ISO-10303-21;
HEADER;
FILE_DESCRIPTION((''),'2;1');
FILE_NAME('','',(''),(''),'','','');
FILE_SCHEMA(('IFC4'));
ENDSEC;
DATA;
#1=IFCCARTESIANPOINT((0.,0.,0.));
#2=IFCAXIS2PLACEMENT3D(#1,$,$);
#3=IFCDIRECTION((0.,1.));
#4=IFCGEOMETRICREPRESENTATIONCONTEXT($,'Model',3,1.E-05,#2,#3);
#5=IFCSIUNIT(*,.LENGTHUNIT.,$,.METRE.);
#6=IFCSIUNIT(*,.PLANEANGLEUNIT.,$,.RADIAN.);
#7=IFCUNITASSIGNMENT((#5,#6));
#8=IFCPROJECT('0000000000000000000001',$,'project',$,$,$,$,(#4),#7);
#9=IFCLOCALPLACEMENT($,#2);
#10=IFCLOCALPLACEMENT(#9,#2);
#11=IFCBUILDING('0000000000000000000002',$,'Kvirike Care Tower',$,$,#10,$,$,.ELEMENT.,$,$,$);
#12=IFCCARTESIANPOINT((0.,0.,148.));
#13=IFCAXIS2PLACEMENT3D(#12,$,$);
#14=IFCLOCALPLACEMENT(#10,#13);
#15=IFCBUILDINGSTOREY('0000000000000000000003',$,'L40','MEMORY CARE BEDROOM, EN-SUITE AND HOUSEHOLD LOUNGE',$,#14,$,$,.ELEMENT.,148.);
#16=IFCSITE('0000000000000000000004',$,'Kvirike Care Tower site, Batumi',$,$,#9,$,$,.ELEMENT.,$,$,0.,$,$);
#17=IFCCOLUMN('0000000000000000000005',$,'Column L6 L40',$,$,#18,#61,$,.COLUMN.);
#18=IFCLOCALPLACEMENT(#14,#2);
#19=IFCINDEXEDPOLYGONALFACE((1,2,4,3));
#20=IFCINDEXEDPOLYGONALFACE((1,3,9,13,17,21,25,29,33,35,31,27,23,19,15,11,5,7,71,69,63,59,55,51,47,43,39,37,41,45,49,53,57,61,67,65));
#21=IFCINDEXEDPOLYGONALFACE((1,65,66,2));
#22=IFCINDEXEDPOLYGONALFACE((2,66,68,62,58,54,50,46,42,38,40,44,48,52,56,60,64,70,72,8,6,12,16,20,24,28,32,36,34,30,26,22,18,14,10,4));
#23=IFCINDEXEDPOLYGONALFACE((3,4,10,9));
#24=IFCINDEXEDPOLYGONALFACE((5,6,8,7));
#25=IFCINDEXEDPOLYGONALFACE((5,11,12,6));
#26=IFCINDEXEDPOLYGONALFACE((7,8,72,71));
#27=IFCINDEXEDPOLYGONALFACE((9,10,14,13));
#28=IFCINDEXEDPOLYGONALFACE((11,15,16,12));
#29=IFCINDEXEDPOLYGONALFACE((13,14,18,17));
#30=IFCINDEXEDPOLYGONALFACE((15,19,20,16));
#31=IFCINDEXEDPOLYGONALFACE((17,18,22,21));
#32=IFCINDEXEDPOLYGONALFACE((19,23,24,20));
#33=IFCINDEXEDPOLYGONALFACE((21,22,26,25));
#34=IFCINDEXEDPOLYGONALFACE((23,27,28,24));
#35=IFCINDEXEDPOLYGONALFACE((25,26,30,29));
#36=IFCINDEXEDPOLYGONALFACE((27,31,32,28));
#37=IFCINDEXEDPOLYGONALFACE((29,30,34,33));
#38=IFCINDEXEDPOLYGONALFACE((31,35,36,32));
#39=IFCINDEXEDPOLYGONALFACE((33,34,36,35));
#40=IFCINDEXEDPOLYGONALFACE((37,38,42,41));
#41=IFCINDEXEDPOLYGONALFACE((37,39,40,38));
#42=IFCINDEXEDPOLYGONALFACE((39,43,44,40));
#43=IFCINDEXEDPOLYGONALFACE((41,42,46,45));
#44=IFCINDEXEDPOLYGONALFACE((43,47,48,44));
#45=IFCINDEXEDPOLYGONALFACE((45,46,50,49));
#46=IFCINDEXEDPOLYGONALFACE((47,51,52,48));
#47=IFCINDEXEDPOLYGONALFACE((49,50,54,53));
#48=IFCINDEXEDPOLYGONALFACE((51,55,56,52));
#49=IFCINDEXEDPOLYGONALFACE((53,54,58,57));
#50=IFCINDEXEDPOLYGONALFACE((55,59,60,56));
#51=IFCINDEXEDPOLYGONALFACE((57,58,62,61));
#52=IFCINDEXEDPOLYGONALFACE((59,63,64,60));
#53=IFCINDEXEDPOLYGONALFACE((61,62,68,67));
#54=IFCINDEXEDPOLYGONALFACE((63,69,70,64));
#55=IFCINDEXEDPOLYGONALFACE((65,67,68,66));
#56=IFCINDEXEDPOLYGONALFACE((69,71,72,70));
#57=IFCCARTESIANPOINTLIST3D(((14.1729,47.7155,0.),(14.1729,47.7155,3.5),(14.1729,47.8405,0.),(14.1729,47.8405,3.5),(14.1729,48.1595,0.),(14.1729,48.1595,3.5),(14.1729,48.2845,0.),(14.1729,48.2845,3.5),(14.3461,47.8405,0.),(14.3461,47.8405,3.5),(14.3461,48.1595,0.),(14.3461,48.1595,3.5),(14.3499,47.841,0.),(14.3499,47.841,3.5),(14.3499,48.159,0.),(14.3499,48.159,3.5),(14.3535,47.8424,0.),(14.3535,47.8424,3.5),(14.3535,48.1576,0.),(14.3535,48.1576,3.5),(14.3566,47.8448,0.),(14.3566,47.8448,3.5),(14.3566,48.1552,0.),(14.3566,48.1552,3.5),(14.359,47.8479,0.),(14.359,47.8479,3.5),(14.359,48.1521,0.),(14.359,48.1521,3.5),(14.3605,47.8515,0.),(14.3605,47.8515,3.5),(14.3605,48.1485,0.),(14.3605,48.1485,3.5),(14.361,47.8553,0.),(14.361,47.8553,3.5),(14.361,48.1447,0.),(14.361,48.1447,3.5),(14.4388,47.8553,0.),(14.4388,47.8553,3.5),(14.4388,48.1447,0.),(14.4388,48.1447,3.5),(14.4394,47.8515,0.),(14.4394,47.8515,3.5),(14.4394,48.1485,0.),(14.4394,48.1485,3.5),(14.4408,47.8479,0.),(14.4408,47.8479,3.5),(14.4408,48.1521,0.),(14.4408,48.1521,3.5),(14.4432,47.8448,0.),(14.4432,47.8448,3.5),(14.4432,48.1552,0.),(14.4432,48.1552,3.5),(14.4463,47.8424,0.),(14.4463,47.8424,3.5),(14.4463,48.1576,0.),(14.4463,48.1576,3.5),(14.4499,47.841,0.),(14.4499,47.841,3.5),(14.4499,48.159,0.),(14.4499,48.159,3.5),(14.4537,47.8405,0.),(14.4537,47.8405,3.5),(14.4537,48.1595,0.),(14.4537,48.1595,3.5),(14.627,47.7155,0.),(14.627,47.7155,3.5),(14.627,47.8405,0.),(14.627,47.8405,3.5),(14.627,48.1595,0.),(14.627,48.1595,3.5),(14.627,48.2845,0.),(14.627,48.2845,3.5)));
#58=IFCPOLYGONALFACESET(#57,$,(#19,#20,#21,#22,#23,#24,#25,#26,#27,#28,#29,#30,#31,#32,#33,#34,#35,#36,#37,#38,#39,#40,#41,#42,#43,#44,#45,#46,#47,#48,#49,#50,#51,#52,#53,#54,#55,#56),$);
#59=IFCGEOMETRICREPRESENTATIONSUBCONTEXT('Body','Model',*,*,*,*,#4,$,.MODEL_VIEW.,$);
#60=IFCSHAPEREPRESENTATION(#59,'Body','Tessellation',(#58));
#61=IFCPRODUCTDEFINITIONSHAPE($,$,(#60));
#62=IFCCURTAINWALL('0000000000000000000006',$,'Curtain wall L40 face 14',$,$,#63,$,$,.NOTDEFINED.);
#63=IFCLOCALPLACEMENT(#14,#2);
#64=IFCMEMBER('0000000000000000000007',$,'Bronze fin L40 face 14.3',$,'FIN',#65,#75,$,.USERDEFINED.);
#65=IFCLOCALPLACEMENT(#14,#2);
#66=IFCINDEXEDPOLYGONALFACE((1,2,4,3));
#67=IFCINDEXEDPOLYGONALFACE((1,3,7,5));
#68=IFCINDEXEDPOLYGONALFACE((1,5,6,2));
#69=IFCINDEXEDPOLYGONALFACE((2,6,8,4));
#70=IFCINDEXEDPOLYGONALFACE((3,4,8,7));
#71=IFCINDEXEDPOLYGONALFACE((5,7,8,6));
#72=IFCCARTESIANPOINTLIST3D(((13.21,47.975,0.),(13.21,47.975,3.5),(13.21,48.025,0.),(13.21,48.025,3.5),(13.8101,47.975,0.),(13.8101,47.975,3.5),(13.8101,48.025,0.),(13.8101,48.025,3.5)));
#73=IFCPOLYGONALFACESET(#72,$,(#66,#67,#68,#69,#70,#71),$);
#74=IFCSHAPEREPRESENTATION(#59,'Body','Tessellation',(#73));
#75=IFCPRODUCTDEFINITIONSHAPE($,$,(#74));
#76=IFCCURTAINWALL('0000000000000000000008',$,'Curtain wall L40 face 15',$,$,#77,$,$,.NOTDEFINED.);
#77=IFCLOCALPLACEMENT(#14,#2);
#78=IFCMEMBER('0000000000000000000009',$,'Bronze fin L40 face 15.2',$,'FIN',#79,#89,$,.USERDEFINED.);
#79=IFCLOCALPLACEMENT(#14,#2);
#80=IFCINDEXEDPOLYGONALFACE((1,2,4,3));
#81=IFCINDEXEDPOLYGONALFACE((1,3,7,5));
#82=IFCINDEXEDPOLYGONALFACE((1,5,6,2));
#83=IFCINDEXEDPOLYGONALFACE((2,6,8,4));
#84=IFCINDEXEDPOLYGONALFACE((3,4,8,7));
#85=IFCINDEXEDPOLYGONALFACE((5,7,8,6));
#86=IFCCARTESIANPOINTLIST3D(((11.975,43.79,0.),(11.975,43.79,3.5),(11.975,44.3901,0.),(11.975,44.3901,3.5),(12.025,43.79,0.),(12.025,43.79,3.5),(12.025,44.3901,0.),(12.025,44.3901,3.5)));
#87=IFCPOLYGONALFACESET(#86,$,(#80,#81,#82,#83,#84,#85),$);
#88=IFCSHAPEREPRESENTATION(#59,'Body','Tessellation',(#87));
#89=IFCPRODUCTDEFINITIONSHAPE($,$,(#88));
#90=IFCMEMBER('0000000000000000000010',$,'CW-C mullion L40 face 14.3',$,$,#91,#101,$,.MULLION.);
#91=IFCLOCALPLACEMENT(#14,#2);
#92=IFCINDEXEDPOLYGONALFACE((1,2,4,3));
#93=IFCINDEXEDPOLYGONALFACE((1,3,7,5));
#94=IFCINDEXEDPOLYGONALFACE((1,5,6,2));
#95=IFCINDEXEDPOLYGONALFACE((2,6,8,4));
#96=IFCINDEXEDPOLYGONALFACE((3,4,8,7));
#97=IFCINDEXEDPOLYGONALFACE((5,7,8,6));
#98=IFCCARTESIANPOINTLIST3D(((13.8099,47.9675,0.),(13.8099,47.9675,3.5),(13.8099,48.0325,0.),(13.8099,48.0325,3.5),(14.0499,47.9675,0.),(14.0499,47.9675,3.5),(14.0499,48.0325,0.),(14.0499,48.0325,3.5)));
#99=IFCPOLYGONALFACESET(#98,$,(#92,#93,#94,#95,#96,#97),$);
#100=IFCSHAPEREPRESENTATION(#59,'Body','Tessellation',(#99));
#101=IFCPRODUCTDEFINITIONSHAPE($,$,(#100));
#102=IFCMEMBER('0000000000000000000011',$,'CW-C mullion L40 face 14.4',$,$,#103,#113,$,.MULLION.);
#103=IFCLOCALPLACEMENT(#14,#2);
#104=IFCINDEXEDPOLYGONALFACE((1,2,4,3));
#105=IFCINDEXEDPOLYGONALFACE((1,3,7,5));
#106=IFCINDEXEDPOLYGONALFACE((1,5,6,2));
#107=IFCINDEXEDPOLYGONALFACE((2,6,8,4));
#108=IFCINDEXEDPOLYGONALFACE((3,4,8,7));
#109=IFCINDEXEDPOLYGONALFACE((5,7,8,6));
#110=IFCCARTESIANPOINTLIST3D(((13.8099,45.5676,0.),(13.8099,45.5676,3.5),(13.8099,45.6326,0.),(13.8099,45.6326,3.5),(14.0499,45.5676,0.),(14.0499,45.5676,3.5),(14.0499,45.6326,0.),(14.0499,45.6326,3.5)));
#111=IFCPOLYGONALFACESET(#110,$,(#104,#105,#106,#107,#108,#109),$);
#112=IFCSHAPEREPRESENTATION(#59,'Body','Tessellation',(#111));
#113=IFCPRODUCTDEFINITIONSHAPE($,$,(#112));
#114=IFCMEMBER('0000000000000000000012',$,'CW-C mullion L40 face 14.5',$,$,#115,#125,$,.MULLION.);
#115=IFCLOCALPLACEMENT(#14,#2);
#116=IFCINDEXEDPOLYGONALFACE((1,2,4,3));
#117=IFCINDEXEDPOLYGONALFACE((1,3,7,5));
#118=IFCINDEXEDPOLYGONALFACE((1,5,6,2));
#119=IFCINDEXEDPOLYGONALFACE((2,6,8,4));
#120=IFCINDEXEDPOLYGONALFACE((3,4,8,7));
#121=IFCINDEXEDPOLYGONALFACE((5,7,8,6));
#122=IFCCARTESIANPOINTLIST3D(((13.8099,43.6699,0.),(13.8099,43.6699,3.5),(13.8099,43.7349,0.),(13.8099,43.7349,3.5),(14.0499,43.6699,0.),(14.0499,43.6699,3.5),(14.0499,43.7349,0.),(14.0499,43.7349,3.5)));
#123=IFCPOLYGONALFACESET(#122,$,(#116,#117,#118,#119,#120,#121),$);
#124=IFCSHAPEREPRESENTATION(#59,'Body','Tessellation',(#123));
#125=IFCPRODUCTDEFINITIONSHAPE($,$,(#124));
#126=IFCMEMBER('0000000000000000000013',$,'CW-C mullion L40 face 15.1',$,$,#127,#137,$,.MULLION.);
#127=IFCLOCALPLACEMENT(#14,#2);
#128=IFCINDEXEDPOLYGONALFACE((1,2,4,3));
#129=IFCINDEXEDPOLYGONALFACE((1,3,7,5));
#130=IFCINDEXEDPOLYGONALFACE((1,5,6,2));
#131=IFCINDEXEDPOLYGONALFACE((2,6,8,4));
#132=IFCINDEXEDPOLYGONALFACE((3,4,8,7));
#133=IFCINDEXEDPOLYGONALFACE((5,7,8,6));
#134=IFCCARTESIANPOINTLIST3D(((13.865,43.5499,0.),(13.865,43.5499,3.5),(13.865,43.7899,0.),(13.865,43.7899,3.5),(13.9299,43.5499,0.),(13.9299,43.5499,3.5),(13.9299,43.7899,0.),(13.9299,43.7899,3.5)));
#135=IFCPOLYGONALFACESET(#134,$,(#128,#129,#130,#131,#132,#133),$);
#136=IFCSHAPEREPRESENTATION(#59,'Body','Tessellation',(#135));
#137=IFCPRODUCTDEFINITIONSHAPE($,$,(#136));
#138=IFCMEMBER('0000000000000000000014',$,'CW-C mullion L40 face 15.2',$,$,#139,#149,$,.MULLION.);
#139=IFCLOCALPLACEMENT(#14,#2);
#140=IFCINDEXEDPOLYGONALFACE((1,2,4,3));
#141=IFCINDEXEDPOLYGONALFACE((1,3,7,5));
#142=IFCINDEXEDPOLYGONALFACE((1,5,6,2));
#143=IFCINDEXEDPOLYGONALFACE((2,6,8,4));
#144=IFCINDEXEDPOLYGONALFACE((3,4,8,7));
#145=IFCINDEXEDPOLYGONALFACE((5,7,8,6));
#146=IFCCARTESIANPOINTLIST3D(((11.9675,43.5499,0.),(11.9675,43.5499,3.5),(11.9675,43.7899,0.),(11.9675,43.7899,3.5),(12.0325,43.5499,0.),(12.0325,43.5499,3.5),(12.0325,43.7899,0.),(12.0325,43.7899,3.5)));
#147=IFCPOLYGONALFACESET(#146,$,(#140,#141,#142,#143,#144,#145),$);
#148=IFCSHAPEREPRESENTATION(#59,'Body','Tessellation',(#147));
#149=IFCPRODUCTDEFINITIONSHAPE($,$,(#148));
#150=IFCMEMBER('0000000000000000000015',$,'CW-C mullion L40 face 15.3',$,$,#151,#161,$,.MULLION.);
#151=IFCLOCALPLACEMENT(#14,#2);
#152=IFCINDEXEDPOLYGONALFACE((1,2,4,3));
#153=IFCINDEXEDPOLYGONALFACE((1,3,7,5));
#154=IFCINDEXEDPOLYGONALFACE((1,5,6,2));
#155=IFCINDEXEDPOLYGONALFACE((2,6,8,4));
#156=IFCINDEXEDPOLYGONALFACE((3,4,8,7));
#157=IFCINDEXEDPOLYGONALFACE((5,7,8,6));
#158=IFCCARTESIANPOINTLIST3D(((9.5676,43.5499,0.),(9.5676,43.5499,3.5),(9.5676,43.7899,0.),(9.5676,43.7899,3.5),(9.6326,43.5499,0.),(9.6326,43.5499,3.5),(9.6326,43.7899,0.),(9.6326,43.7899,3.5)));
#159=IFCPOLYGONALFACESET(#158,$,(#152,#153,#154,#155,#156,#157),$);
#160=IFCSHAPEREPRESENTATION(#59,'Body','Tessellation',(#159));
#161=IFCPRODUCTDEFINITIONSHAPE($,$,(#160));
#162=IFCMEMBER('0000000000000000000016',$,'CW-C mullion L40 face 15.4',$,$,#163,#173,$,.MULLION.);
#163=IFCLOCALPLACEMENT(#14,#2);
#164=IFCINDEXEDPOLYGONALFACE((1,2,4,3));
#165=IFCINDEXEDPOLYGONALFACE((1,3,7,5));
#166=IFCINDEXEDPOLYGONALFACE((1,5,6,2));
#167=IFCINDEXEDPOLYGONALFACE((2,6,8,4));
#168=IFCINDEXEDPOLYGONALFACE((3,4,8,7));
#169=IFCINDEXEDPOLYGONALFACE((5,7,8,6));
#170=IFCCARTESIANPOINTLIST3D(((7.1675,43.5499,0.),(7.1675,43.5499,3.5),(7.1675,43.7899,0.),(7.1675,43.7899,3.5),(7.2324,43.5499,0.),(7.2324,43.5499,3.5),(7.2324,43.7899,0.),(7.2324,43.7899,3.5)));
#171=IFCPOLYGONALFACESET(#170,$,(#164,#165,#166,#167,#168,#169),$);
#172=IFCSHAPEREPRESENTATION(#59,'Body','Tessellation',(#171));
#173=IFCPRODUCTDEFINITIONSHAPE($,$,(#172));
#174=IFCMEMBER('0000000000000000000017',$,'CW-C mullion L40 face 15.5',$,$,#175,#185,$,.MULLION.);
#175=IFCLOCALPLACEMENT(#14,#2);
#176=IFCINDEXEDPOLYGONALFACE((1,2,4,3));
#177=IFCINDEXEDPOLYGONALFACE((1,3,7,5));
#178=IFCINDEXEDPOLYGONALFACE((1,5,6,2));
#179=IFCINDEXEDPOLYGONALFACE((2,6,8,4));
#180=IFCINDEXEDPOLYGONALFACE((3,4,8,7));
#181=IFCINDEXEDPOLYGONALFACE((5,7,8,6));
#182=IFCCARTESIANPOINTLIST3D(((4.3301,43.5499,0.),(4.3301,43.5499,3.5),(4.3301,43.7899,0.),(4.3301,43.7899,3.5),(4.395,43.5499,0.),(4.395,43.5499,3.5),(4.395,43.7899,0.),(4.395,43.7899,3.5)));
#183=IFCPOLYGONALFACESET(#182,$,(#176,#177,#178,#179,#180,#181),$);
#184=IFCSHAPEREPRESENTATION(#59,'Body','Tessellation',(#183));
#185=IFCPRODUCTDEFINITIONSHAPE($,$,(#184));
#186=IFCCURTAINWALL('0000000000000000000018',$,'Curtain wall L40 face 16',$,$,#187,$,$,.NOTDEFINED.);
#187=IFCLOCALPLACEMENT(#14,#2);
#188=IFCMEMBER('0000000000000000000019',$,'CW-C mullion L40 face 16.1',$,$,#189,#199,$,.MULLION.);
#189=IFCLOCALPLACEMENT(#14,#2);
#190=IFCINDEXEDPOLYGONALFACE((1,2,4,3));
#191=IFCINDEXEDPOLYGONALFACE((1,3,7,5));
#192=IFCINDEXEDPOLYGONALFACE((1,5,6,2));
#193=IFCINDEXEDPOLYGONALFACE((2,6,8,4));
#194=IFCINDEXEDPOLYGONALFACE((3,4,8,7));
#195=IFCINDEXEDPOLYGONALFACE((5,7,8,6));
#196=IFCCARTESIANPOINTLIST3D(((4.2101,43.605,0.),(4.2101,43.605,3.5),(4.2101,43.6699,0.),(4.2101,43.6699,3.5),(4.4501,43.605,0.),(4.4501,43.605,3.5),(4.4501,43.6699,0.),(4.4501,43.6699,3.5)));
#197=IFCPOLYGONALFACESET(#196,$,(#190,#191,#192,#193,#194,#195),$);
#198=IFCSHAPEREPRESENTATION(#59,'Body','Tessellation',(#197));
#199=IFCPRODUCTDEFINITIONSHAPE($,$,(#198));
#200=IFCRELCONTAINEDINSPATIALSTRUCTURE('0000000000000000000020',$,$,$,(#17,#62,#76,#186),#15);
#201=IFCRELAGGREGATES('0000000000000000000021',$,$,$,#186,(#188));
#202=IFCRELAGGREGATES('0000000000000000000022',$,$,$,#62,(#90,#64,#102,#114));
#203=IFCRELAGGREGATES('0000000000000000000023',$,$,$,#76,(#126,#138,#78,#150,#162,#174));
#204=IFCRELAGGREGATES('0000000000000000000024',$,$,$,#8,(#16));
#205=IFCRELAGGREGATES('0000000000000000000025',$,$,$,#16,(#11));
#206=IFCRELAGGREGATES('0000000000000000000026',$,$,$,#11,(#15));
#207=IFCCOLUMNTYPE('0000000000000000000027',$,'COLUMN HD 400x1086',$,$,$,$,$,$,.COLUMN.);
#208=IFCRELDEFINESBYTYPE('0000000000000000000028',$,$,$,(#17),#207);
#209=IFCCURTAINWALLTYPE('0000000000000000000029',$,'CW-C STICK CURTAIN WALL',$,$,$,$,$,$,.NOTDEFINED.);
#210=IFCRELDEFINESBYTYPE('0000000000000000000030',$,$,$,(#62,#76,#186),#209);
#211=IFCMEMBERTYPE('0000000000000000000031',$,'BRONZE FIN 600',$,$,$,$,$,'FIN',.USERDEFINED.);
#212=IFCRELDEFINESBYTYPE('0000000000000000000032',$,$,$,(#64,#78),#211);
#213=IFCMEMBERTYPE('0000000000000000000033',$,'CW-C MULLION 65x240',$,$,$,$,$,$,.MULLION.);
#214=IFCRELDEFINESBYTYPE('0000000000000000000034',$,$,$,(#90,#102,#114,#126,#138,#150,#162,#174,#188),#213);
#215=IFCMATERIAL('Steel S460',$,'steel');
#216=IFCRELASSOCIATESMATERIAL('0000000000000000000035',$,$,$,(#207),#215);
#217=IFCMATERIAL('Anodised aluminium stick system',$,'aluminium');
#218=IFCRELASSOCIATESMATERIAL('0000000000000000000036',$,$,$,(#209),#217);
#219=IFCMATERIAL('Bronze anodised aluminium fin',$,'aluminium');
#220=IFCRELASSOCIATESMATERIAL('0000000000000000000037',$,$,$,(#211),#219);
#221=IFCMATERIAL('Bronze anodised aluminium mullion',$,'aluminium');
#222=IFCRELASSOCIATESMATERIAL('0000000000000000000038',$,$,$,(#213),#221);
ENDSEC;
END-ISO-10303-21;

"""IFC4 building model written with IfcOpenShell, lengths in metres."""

from ifc_helpers import new_model, si_unit, direction, frame, origin, origin_2d, place, context, subcontext, project, spatial, rectangle, i_section, extrude, material, material_profile, profile_set, type_object, element, aggregate, save


model = new_model("IFC4")

# Units and contexts
model_context = context("Model", 3, precision=1e-05, world=origin(), true_north=direction((0.0, 1.0)))
body_context = subcontext(model_context, "Body", "Model", "MODEL_VIEW")
ifc_project = project(units=[si_unit("LENGTHUNIT", "METRE"), si_unit("PLANEANGLEUNIT", "RADIAN")], contexts=[model_context])

# Site, building, storey
site_placement = place(None, origin())
site = spatial("IfcSite", under=ifc_project, at=site_placement, Name="Kvirike Care Tower site, Batumi", CompositionType="ELEMENT", RefElevation=0.0)
building_placement = place(site_placement, origin())
building = spatial("IfcBuilding", under=site, at=building_placement, Name="Kvirike Care Tower", CompositionType="ELEMENT")
storey_placement = place(building_placement, frame((0.0, 0.0, 148.0)))
storey = spatial("IfcBuildingStorey", under=building, at=storey_placement, Name="L40", Description="MEMORY CARE BEDROOM, EN-SUITE AND HOUSEHOLD LOUNGE", CompositionType="ELEMENT", Elevation=148.0)

# Column
ifc_material_1 = material(Name="Steel S460", Category="steel")
ifc_material_profile_1 = material_profile(ifc_material_1, i_section(OverallWidth=0.4541, OverallDepth=0.5691, WebThickness=0.0779, FlangeThickness=0.125, FilletRadius=0.0149, at=origin_2d()), Name="HD 400x1086")
ifc_profile_set_1 = profile_set([ifc_material_profile_1], Name="Steel S460")
column_type = type_object("IfcColumnType", Name="COLUMN HD 400x1086", PredefinedType="COLUMN", material=ifc_profile_set_1)
column_placement = place(storey_placement, frame((14.3999, 48.0, 0.0), z_axis=(0.0, 0.0, 1.0), x_axis=(1.0, 0.0, 0.0)))
element("IfcColumn", 1, at=column_placement, inside=storey, type_object=column_type, Name="Column L6 L40", PredefinedType="COLUMN", context=body_context, shape_type="SweptSolid", body=[
    extrude(i_section(OverallWidth=0.4541, OverallDepth=0.5691, WebThickness=0.0779, FlangeThickness=0.125, FilletRadius=0.0149, at=origin_2d()), origin(), (0.0, 0.0, 1.0), 3.5),
])

# Curtain walls, members
ifc_material_2 = material(Name="Anodised aluminium stick system", Category="aluminium")
curtain_wall_type = type_object("IfcCurtainWallType", Name="CW-C STICK CURTAIN WALL", PredefinedType="NOTDEFINED", material=ifc_material_2)
curtain_wall_1_placement = place(storey_placement, origin())
curtain_wall_1 = element("IfcCurtainWall", 2, at=curtain_wall_1_placement, inside=storey, type_object=curtain_wall_type, Name="Curtain wall L40 face 14", PredefinedType="NOTDEFINED")
ifc_material_3 = material(Name="Bronze anodised aluminium fin", Category="aluminium")
ifc_material_profile_2 = material_profile(ifc_material_3, rectangle(XDim=0.05, YDim=0.6001, at=origin_2d()), Name="BRONZE FIN 600")
ifc_profile_set_2 = profile_set([ifc_material_profile_2], Name="Bronze anodised aluminium fin")
member_type_1 = type_object("IfcMemberType", Name="BRONZE FIN 600", ElementType="FIN", PredefinedType="USERDEFINED", material=ifc_profile_set_2)
member_1_placement = place(storey_placement, frame((13.51, 48.0, 0.0), z_axis=(0.0, 0.0, 1.0), x_axis=(0.0, -1.0, 0.0)))
member_1 = element("IfcMember", 3, at=member_1_placement, type_object=member_type_1, Name="Bronze fin L40 face 14.3", ObjectType="FIN", PredefinedType="USERDEFINED", context=body_context, shape_type="SweptSolid", body=[
    extrude(rectangle(XDim=0.05, YDim=0.6001, at=origin_2d()), origin(), (0.0, 0.0, 1.0), 3.5),
])
curtain_wall_2_placement = place(storey_placement, origin())
curtain_wall_2 = element("IfcCurtainWall", 4, at=curtain_wall_2_placement, inside=storey, type_object=curtain_wall_type, Name="Curtain wall L40 face 15", PredefinedType="NOTDEFINED")
member_2_placement = place(storey_placement, frame((12.0, 44.0901, 0.0), z_axis=(0.0, 0.0, 1.0), x_axis=(-1.0, 0.0, 0.0)))
member_2 = element("IfcMember", 5, at=member_2_placement, type_object=member_type_1, Name="Bronze fin L40 face 15.2", ObjectType="FIN", PredefinedType="USERDEFINED", context=body_context, shape_type="SweptSolid", body=[
    extrude(rectangle(XDim=0.05, YDim=0.6001, at=origin_2d()), origin(), (0.0, 0.0, 1.0), 3.5),
])

# Members
ifc_material_4 = material(Name="Bronze anodised aluminium mullion", Category="aluminium")
ifc_material_profile_3 = material_profile(ifc_material_4, rectangle(XDim=0.0649, YDim=0.24, at=origin_2d()), Name="CW-C MULLION 65x240")
ifc_profile_set_3 = profile_set([ifc_material_profile_3], Name="Bronze anodised aluminium mullion")
member_type_2 = type_object("IfcMemberType", Name="CW-C MULLION 65x240", PredefinedType="MULLION", material=ifc_profile_set_3)
member_3_placement = place(storey_placement, frame((13.9299, 48.0, 0.0), z_axis=(0.0, 0.0, 1.0), x_axis=(0.0, -1.0, 0.0)))
member_3 = element("IfcMember", 6, at=member_3_placement, type_object=member_type_2, Name="CW-C mullion L40 face 14.3", PredefinedType="MULLION", context=body_context, shape_type="SweptSolid", body=[
    extrude(rectangle(XDim=0.0649, YDim=0.24, at=origin_2d()), origin(), (0.0, 0.0, 1.0), 3.5),
])
member_4_placement = place(storey_placement, frame((13.9299, 45.6001, 0.0), z_axis=(0.0, 0.0, 1.0), x_axis=(0.0, -1.0, 0.0)))
member_4 = element("IfcMember", 7, at=member_4_placement, type_object=member_type_2, Name="CW-C mullion L40 face 14.4", PredefinedType="MULLION", context=body_context, shape_type="SweptSolid", body=[
    extrude(rectangle(XDim=0.0649, YDim=0.24, at=origin_2d()), origin(), (0.0, 0.0, 1.0), 3.5),
])
member_5_placement = place(storey_placement, frame((13.9299, 43.7024, 0.0), z_axis=(0.0, 0.0, 1.0), x_axis=(0.0, -1.0, 0.0)))
member_5 = element("IfcMember", 8, at=member_5_placement, type_object=member_type_2, Name="CW-C mullion L40 face 14.5", PredefinedType="MULLION", context=body_context, shape_type="SweptSolid", body=[
    extrude(rectangle(XDim=0.0649, YDim=0.24, at=origin_2d()), origin(), (0.0, 0.0, 1.0), 3.5),
])
member_6_placement = place(storey_placement, frame((13.8975, 43.6699, 0.0), z_axis=(0.0, 0.0, 1.0), x_axis=(-1.0, 0.0, 0.0)))
member_6 = element("IfcMember", 9, at=member_6_placement, type_object=member_type_2, Name="CW-C mullion L40 face 15.1", PredefinedType="MULLION", context=body_context, shape_type="SweptSolid", body=[
    extrude(rectangle(XDim=0.0649, YDim=0.24, at=origin_2d()), origin(), (0.0, 0.0, 1.0), 3.5),
])
member_7_placement = place(storey_placement, frame((12.0, 43.6699, 0.0), z_axis=(0.0, 0.0, 1.0), x_axis=(-1.0, 0.0, 0.0)))
member_7 = element("IfcMember", 10, at=member_7_placement, type_object=member_type_2, Name="CW-C mullion L40 face 15.2", PredefinedType="MULLION", context=body_context, shape_type="SweptSolid", body=[
    extrude(rectangle(XDim=0.0649, YDim=0.24, at=origin_2d()), origin(), (0.0, 0.0, 1.0), 3.5),
])
member_8_placement = place(storey_placement, frame((9.6001, 43.6699, 0.0), z_axis=(0.0, 0.0, 1.0), x_axis=(-1.0, 0.0, 0.0)))
member_8 = element("IfcMember", 11, at=member_8_placement, type_object=member_type_2, Name="CW-C mullion L40 face 15.3", PredefinedType="MULLION", context=body_context, shape_type="SweptSolid", body=[
    extrude(rectangle(XDim=0.0649, YDim=0.24, at=origin_2d()), origin(), (0.0, 0.0, 1.0), 3.5),
])
member_9_placement = place(storey_placement, frame((7.2, 43.6699, 0.0), z_axis=(0.0, 0.0, 1.0), x_axis=(-1.0, 0.0, 0.0)))
member_9 = element("IfcMember", 12, at=member_9_placement, type_object=member_type_2, Name="CW-C mullion L40 face 15.4", PredefinedType="MULLION", context=body_context, shape_type="SweptSolid", body=[
    extrude(rectangle(XDim=0.0649, YDim=0.24, at=origin_2d()), origin(), (0.0, 0.0, 1.0), 3.5),
])
member_10_placement = place(storey_placement, frame((4.3625, 43.6699, 0.0), z_axis=(0.0, 0.0, 1.0), x_axis=(-1.0, 0.0, 0.0)))
member_10 = element("IfcMember", 13, at=member_10_placement, type_object=member_type_2, Name="CW-C mullion L40 face 15.5", PredefinedType="MULLION", context=body_context, shape_type="SweptSolid", body=[
    extrude(rectangle(XDim=0.0649, YDim=0.24, at=origin_2d()), origin(), (0.0, 0.0, 1.0), 3.5),
])

# Curtain wall, member
curtain_wall_3_placement = place(storey_placement, origin())
curtain_wall_3 = element("IfcCurtainWall", 14, at=curtain_wall_3_placement, inside=storey, type_object=curtain_wall_type, Name="Curtain wall L40 face 16", PredefinedType="NOTDEFINED")
member_11_placement = place(storey_placement, frame((4.3301, 43.6375, 0.0), z_axis=(0.0, 0.0, 1.0), x_axis=(0.0, -1.0, 0.0)))
member_11 = element("IfcMember", 15, at=member_11_placement, type_object=member_type_2, Name="CW-C mullion L40 face 16.1", PredefinedType="MULLION", context=body_context, shape_type="SweptSolid", body=[
    extrude(rectangle(XDim=0.0649, YDim=0.24, at=origin_2d()), origin(), (0.0, 0.0, 1.0), 3.5),
])

aggregate(curtain_wall_3, [member_11])

aggregate(curtain_wall_1, [member_3, member_1, member_4, member_5])
aggregate(curtain_wall_2, [member_6, member_7, member_2, member_8, member_9, member_10])

save(model, "model.ifc")
